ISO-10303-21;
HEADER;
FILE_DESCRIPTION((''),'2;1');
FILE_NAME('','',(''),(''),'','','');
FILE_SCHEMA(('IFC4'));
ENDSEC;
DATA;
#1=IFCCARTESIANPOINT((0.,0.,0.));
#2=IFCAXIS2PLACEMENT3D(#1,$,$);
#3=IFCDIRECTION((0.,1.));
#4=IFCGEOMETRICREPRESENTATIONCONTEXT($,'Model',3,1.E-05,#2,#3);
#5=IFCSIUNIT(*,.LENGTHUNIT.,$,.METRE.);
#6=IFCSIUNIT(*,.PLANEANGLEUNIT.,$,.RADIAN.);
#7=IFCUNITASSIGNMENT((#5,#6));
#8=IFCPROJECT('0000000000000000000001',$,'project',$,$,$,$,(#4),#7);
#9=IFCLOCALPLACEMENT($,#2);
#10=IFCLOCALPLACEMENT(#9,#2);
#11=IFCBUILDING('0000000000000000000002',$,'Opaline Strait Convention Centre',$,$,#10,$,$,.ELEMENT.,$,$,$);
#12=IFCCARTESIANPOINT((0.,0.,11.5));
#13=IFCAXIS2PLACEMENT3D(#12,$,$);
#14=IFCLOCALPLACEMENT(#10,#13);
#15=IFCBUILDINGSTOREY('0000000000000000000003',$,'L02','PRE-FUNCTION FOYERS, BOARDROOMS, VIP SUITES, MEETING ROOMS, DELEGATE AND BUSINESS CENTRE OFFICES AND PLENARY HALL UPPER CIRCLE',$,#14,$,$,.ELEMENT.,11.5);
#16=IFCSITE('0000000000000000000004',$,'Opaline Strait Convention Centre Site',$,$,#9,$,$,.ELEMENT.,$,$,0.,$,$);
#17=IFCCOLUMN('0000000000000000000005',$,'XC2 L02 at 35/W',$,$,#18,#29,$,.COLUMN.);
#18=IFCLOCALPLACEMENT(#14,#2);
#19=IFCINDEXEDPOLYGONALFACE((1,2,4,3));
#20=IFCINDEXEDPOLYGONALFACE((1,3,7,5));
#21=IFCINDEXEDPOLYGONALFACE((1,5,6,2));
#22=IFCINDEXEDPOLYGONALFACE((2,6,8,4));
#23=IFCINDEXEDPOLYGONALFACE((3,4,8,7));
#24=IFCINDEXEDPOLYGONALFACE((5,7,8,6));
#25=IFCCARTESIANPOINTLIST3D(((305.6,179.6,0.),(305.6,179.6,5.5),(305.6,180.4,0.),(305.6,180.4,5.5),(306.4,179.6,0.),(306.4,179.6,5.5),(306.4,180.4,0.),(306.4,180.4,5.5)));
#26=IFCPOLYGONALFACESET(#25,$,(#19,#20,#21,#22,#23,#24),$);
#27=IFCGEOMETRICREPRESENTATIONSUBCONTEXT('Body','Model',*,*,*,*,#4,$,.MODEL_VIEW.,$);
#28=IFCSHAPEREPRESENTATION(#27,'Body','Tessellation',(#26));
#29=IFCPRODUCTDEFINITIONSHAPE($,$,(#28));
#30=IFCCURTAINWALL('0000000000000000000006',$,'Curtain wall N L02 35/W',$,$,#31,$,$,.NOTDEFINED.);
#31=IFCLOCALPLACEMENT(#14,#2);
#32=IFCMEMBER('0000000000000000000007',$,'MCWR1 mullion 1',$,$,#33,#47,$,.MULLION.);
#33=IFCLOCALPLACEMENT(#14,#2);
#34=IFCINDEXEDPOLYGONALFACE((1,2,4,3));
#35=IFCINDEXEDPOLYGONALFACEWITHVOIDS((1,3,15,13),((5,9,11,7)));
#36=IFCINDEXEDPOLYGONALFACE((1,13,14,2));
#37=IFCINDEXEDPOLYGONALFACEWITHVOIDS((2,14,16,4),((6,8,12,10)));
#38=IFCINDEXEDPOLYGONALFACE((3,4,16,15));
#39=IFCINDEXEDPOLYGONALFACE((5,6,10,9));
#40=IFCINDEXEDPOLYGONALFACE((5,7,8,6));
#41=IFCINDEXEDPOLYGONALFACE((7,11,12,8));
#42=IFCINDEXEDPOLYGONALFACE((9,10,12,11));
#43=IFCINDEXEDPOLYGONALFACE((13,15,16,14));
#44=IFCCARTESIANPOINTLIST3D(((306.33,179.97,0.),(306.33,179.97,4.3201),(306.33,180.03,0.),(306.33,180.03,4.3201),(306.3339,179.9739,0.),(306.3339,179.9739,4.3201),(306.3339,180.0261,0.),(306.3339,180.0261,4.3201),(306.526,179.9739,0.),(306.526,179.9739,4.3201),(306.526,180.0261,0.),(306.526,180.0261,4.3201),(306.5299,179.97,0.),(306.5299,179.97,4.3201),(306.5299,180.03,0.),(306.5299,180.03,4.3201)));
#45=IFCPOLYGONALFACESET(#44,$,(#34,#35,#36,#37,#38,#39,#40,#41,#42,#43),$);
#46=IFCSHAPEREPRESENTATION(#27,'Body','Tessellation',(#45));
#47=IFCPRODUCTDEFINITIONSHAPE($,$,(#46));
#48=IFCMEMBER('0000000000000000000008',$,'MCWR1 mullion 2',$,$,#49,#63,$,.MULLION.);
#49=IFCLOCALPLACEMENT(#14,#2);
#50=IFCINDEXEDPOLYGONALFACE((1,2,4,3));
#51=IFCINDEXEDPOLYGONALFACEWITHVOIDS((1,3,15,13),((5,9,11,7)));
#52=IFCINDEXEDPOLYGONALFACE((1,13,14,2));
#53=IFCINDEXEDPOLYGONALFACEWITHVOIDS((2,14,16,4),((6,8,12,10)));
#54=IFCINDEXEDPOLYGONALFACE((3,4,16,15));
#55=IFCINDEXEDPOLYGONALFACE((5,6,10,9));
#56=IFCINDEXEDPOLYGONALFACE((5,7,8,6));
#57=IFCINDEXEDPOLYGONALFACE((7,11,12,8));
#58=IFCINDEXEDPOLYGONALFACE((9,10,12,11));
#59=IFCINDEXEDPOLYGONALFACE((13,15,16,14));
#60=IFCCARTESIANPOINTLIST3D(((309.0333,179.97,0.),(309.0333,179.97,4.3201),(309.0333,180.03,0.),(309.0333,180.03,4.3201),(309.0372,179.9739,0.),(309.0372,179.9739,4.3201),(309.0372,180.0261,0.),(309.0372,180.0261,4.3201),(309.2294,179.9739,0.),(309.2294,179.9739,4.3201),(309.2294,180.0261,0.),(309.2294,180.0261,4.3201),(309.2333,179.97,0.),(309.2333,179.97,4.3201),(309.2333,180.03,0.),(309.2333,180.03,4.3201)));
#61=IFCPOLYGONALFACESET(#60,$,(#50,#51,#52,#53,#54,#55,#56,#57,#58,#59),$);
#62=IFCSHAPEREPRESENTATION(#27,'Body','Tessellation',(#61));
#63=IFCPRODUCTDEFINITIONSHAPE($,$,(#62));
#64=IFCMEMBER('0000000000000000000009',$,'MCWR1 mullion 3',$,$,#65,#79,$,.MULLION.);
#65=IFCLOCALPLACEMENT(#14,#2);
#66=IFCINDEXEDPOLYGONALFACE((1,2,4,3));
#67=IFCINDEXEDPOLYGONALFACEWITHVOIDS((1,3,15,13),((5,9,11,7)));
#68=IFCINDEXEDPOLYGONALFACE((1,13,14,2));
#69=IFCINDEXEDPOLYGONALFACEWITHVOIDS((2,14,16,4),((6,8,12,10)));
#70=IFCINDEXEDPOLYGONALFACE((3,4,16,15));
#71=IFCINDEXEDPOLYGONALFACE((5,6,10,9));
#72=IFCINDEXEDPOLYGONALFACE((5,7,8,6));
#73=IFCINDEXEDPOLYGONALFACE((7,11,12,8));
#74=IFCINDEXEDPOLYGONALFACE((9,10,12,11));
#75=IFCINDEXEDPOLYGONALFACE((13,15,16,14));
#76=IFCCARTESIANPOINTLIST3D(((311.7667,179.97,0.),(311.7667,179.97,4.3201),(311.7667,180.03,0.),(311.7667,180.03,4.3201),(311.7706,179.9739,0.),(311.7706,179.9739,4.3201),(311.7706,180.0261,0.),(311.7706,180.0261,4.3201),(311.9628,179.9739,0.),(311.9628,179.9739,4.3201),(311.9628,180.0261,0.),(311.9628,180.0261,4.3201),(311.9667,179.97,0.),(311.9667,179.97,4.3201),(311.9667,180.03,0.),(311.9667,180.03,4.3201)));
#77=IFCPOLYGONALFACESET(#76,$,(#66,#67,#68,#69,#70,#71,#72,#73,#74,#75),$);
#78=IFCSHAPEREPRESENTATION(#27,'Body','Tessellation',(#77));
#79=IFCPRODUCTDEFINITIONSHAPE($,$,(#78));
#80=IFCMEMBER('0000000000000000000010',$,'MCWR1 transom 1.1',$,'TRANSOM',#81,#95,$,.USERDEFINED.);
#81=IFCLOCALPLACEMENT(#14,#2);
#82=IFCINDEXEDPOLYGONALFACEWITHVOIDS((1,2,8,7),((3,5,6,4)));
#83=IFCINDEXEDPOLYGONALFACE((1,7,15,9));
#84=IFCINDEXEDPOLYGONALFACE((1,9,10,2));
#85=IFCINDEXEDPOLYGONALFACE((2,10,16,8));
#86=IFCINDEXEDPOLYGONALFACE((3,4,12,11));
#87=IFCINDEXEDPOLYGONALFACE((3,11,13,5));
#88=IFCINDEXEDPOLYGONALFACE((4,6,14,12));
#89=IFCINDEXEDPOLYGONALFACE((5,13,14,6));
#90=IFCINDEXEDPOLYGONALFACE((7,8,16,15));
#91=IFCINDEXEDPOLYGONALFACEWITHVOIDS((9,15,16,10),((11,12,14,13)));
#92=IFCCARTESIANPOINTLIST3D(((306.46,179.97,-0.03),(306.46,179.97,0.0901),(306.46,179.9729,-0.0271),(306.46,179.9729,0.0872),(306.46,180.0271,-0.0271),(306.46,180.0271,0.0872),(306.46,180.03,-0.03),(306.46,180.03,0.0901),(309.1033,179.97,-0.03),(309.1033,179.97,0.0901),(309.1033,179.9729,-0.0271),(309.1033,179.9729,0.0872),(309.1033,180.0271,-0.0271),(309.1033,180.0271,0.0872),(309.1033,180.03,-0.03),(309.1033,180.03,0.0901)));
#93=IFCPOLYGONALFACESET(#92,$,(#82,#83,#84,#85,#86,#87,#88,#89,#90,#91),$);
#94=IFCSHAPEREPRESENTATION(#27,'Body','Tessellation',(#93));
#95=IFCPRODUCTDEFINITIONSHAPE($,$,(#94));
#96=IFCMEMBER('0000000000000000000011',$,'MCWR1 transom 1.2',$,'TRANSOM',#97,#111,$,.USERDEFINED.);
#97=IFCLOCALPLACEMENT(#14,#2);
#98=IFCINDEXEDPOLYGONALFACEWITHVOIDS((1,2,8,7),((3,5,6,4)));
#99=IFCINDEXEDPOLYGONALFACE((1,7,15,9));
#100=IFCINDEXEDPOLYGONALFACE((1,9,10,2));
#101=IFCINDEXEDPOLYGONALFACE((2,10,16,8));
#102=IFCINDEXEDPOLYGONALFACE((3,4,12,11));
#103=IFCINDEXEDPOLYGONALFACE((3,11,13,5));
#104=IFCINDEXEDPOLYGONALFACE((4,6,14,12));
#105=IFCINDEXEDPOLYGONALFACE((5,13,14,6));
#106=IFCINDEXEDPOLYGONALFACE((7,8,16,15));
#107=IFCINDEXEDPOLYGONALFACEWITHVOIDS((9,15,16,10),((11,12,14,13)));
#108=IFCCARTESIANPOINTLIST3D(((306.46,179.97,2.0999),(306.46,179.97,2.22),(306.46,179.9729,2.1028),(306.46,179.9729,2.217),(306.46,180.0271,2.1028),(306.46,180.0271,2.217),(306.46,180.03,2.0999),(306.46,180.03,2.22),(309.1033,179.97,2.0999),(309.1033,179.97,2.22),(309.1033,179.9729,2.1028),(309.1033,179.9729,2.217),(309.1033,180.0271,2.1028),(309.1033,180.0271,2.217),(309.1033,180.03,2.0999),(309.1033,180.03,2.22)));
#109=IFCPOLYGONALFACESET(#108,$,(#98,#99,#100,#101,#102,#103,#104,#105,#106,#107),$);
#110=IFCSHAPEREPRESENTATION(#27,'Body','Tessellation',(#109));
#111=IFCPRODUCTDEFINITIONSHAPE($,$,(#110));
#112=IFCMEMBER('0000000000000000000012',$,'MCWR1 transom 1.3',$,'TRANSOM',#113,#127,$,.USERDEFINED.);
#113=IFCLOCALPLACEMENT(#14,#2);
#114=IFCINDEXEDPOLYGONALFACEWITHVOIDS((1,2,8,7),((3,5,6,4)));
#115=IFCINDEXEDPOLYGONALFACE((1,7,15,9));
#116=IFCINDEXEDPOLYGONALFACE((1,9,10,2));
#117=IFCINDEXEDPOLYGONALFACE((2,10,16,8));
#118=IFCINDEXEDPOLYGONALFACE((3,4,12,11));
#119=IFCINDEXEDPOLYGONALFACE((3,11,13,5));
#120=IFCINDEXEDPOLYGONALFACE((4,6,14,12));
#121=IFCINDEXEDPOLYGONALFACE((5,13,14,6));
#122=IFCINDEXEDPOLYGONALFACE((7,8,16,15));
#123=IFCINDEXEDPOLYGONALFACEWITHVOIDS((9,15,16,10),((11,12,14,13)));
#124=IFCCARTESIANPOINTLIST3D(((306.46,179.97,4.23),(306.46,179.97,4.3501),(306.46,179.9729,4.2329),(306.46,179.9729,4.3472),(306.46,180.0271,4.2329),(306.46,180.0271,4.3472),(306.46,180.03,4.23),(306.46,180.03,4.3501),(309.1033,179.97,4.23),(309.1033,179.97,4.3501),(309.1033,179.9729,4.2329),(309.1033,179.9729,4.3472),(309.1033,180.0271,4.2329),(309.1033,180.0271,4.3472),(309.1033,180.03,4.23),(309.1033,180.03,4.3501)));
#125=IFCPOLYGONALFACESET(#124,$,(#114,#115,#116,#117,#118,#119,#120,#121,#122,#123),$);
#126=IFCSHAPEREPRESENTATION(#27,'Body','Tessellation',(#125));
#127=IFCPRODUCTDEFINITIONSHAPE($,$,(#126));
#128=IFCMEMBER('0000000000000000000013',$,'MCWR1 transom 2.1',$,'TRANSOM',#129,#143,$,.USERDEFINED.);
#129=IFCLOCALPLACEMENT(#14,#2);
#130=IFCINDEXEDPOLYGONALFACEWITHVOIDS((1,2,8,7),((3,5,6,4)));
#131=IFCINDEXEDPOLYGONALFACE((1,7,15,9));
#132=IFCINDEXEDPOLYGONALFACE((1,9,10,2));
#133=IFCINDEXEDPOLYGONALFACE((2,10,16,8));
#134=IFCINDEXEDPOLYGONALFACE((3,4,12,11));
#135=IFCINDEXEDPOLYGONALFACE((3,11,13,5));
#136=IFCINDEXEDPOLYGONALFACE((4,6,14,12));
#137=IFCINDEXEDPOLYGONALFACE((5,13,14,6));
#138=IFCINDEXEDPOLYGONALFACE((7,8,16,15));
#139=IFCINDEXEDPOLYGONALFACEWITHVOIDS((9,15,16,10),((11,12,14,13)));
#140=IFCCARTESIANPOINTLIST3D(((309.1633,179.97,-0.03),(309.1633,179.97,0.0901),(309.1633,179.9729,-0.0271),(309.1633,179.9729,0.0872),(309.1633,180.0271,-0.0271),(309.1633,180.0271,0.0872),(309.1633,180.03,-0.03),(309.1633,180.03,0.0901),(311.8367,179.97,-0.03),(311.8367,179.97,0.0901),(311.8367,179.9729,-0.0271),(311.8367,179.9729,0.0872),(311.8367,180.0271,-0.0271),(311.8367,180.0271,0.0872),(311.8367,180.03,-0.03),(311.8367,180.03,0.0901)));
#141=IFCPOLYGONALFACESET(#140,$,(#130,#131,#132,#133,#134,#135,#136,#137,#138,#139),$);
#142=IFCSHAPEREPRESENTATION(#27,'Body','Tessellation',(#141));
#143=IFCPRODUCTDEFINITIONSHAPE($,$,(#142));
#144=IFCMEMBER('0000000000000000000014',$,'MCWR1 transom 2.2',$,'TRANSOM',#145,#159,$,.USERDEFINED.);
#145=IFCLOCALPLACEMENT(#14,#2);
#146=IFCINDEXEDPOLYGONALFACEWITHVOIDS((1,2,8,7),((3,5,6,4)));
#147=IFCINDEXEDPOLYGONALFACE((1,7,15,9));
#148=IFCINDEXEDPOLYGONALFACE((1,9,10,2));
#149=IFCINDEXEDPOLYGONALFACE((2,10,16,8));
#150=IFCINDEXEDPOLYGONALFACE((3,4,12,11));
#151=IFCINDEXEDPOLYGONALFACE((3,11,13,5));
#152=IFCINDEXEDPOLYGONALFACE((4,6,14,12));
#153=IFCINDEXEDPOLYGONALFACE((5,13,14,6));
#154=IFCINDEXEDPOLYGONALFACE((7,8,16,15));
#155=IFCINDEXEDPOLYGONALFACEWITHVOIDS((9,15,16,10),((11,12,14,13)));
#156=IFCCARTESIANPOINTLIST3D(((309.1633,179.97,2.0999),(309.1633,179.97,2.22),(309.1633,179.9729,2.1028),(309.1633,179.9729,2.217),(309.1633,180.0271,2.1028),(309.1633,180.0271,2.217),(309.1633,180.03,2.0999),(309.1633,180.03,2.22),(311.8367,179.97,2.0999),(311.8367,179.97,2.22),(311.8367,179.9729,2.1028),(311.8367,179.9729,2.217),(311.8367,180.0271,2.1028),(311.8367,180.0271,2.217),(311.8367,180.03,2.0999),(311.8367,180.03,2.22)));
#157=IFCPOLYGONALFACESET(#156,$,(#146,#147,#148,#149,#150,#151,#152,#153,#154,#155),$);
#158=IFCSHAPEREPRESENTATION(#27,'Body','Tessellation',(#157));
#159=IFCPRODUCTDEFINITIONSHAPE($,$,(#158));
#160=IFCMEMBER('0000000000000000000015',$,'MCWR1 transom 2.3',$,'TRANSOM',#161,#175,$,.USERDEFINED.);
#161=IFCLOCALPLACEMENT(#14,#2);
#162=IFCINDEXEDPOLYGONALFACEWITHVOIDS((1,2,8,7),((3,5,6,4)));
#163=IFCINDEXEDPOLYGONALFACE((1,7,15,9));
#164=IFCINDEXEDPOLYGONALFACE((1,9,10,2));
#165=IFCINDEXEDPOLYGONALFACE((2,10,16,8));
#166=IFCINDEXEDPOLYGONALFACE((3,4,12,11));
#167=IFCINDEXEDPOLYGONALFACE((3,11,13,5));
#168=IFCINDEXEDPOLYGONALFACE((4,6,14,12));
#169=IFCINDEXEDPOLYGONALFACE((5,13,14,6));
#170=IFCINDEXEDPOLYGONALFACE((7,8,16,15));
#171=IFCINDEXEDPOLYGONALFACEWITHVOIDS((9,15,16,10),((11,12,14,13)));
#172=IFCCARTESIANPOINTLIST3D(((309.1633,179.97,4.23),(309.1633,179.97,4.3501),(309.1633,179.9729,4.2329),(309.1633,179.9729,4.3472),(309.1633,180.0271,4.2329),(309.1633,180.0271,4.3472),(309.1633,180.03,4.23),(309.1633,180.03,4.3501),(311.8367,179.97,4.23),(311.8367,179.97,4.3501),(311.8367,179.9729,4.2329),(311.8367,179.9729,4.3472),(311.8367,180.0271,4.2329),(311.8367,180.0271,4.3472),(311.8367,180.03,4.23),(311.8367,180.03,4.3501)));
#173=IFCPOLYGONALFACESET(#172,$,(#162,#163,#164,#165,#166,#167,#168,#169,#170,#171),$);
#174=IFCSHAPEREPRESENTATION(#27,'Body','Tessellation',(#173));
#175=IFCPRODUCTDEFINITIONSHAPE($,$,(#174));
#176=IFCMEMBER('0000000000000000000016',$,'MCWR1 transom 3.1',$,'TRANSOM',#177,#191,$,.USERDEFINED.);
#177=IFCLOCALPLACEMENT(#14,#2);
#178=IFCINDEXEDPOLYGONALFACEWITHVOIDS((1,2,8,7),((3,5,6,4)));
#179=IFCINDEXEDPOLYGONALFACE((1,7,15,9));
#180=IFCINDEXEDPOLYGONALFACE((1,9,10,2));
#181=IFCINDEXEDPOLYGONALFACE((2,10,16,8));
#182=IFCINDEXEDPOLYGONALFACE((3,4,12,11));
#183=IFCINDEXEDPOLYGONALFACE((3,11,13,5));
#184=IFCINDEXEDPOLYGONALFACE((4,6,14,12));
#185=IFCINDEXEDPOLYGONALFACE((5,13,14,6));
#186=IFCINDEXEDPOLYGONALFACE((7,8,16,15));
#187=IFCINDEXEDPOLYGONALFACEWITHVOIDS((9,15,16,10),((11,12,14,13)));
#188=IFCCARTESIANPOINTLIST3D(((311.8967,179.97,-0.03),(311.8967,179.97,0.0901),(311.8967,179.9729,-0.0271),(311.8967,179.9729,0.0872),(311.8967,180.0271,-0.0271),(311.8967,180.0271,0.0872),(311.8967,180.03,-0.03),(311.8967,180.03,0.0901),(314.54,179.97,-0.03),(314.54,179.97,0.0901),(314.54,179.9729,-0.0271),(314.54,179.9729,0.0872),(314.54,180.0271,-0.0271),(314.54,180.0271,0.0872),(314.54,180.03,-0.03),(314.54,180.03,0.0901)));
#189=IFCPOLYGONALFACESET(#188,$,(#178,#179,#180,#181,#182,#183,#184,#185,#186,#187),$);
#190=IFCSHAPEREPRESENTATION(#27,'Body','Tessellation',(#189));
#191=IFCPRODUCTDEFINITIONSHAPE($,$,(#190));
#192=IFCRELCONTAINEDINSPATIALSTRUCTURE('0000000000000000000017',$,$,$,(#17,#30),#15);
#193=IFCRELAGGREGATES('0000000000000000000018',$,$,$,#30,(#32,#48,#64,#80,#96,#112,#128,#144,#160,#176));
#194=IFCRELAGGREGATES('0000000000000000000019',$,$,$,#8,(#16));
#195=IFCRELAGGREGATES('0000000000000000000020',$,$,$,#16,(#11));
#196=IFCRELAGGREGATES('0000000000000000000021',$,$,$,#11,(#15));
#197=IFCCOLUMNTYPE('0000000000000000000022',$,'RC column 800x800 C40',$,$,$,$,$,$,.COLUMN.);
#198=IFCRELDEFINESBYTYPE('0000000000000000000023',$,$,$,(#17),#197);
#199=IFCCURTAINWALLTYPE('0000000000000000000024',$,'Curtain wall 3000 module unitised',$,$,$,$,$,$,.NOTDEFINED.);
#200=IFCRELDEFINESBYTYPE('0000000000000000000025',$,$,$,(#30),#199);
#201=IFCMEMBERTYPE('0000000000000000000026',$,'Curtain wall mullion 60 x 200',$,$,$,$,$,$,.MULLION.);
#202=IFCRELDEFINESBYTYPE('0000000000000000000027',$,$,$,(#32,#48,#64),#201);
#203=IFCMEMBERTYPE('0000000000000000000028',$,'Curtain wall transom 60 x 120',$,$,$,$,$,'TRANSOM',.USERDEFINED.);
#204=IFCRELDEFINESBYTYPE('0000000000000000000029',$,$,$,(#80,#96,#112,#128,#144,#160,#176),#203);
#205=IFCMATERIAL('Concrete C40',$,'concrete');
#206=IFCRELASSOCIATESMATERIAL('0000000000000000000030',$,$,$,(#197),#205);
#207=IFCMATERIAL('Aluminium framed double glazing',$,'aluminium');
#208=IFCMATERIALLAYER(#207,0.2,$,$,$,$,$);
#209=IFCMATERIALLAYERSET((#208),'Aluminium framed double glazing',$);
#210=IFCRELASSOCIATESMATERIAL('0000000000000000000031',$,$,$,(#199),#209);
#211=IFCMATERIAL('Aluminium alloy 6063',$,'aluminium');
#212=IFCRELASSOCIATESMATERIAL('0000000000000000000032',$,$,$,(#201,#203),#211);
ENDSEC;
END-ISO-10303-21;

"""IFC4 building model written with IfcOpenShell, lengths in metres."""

from ifc_helpers import new_model, si_unit, direction, frame, origin, origin_2d, place, context, subcontext, project, spatial, rectangle, hollow_rectangle, extrude, material, layer, layer_set, material_profile, profile_set, type_object, element, aggregate, save


model = new_model("IFC4")

# Units and contexts
model_context = context("Model", 3, precision=1e-05, world=origin(), true_north=direction((0.0, 1.0)))
body_context = subcontext(model_context, "Body", "Model", "MODEL_VIEW")
ifc_project = project(units=[si_unit("LENGTHUNIT", "METRE"), si_unit("PLANEANGLEUNIT", "RADIAN")], contexts=[model_context])

# Site, building, storey
site_placement = place(None, origin())
site = spatial("IfcSite", under=ifc_project, at=site_placement, Name="Opaline Strait Convention Centre Site", CompositionType="ELEMENT", RefElevation=0.0)
building_placement = place(site_placement, origin())
building = spatial("IfcBuilding", under=site, at=building_placement, Name="Opaline Strait Convention Centre", CompositionType="ELEMENT")
storey_placement = place(building_placement, frame((0.0, 0.0, 11.5)))
storey = spatial("IfcBuildingStorey", under=building, at=storey_placement, Name="L02", Description="PRE-FUNCTION FOYERS, BOARDROOMS, VIP SUITES, MEETING ROOMS, DELEGATE AND BUSINESS CENTRE OFFICES AND PLENARY HALL UPPER CIRCLE", CompositionType="ELEMENT", Elevation=11.5)

# Column
ifc_material_1 = material(Name="Concrete C40", Category="concrete")
ifc_material_profile_1 = material_profile(ifc_material_1, rectangle(XDim=0.8, YDim=0.8, at=origin_2d()), Name="RC 800x800")
ifc_profile_set_1 = profile_set([ifc_material_profile_1], Name="Concrete C40")
column_type = type_object("IfcColumnType", Name="RC column 800x800 C40", PredefinedType="COLUMN", material=ifc_profile_set_1)
column_placement = place(storey_placement, frame((306.0, 180.0, 0.0), z_axis=(0.0, 0.0, 1.0), x_axis=(1.0, 0.0, 0.0)))
element("IfcColumn", 1, at=column_placement, inside=storey, type_object=column_type, Name="XC2 L02 at 35/W", PredefinedType="COLUMN", context=body_context, shape_type="SweptSolid", body=[
    extrude(rectangle(XDim=0.8, YDim=0.8, at=origin_2d()), origin(), (0.0, 0.0, 1.0), 5.5),
])

# Curtain wall, members
ifc_material_2 = material(Name="Aluminium framed double glazing", Category="aluminium")
ifc_layer_1 = layer(ifc_material_2, 0.2)
ifc_layer_set_1 = layer_set([ifc_layer_1], Name="Aluminium framed double glazing")
curtain_wall_type = type_object("IfcCurtainWallType", Name="Curtain wall 3000 module unitised", PredefinedType="NOTDEFINED", material=ifc_layer_set_1)
curtain_wall_placement = place(storey_placement, origin())
curtain_wall = element("IfcCurtainWall", 2, at=curtain_wall_placement, inside=storey, type_object=curtain_wall_type, Name="Curtain wall N L02 35/W", PredefinedType="NOTDEFINED")
ifc_material_3 = material(Name="Aluminium alloy 6063", Category="aluminium")
ifc_material_profile_2 = material_profile(ifc_material_3, hollow_rectangle(XDim=0.0601, YDim=0.2, WallThickness=0.0039, at=origin_2d()), Name="MULLION 60x200x4")
ifc_profile_set_2 = profile_set([ifc_material_profile_2], Name="Aluminium alloy 6063")
member_type_1 = type_object("IfcMemberType", Name="Curtain wall mullion 60 x 200", PredefinedType="MULLION", material=ifc_profile_set_2)
member_1_placement = place(storey_placement, frame((306.4299, 180.0, 0.0), z_axis=(0.0, 0.0, 1.0), x_axis=(0.0, 1.0, 0.0)))
member_1 = element("IfcMember", 3, at=member_1_placement, type_object=member_type_1, Name="MCWR1 mullion 1", PredefinedType="MULLION", context=body_context, shape_type="SweptSolid", body=[
    extrude(hollow_rectangle(XDim=0.0601, YDim=0.2, WallThickness=0.0039, at=origin_2d()), origin(), (0.0, 0.0, 1.0), 4.3201),
])
member_2_placement = place(storey_placement, frame((309.1333, 180.0, 0.0), z_axis=(0.0, 0.0, 1.0), x_axis=(0.0, 1.0, 0.0)))
member_2 = element("IfcMember", 4, at=member_2_placement, type_object=member_type_1, Name="MCWR1 mullion 2", PredefinedType="MULLION", context=body_context, shape_type="SweptSolid", body=[
    extrude(hollow_rectangle(XDim=0.0601, YDim=0.2, WallThickness=0.0039, at=origin_2d()), origin(), (0.0, 0.0, 1.0), 4.3201),
])
member_3_placement = place(storey_placement, frame((311.8667, 180.0, 0.0), z_axis=(0.0, 0.0, 1.0), x_axis=(0.0, 1.0, 0.0)))
member_3 = element("IfcMember", 5, at=member_3_placement, type_object=member_type_1, Name="MCWR1 mullion 3", PredefinedType="MULLION", context=body_context, shape_type="SweptSolid", body=[
    extrude(hollow_rectangle(XDim=0.0601, YDim=0.2, WallThickness=0.0039, at=origin_2d()), origin(), (0.0, 0.0, 1.0), 4.3201),
])
ifc_material_profile_3 = material_profile(ifc_material_3, hollow_rectangle(XDim=0.0601, YDim=0.1201, WallThickness=0.0029, at=origin_2d()), Name="TRANSOM 60x120x3")
ifc_profile_set_3 = profile_set([ifc_material_profile_3], Name="Aluminium alloy 6063")
member_type_2 = type_object("IfcMemberType", Name="Curtain wall transom 60 x 120", ElementType="TRANSOM", PredefinedType="USERDEFINED", material=ifc_profile_set_3)
member_4_placement = place(storey_placement, frame((306.46, 180.0, 0.03), z_axis=(1.0, 0.0, 0.0), x_axis=(0.0, 1.0, 0.0)))
member_4 = element("IfcMember", 6, at=member_4_placement, type_object=member_type_2, Name="MCWR1 transom 1.1", ObjectType="TRANSOM", PredefinedType="USERDEFINED", context=body_context, shape_type="SweptSolid", body=[
    extrude(hollow_rectangle(XDim=0.0601, YDim=0.1201, WallThickness=0.0029, at=origin_2d()), origin(), (0.0, 0.0, 1.0), 2.6433),
])
member_5_placement = place(storey_placement, frame((306.46, 180.0, 2.1599), z_axis=(1.0, 0.0, 0.0), x_axis=(0.0, 1.0, 0.0)))
member_5 = element("IfcMember", 7, at=member_5_placement, type_object=member_type_2, Name="MCWR1 transom 1.2", ObjectType="TRANSOM", PredefinedType="USERDEFINED", context=body_context, shape_type="SweptSolid", body=[
    extrude(hollow_rectangle(XDim=0.0601, YDim=0.1201, WallThickness=0.0029, at=origin_2d()), origin(), (0.0, 0.0, 1.0), 2.6433),
])
member_6_placement = place(storey_placement, frame((306.46, 180.0, 4.29), z_axis=(1.0, 0.0, 0.0), x_axis=(0.0, 1.0, 0.0)))
member_6 = element("IfcMember", 8, at=member_6_placement, type_object=member_type_2, Name="MCWR1 transom 1.3", ObjectType="TRANSOM", PredefinedType="USERDEFINED", context=body_context, shape_type="SweptSolid", body=[
    extrude(hollow_rectangle(XDim=0.0601, YDim=0.1201, WallThickness=0.0029, at=origin_2d()), origin(), (0.0, 0.0, 1.0), 2.6433),
])
member_7_placement = place(storey_placement, frame((309.1633, 180.0, 0.03), z_axis=(1.0, 0.0, 0.0), x_axis=(0.0, 1.0, 0.0)))
member_7 = element("IfcMember", 9, at=member_7_placement, type_object=member_type_2, Name="MCWR1 transom 2.1", ObjectType="TRANSOM", PredefinedType="USERDEFINED", context=body_context, shape_type="SweptSolid", body=[
    extrude(hollow_rectangle(XDim=0.0601, YDim=0.1201, WallThickness=0.0029, at=origin_2d()), origin(), (0.0, 0.0, 1.0), 2.6733),
])
member_8_placement = place(storey_placement, frame((309.1633, 180.0, 2.1599), z_axis=(1.0, 0.0, 0.0), x_axis=(0.0, 1.0, 0.0)))
member_8 = element("IfcMember", 10, at=member_8_placement, type_object=member_type_2, Name="MCWR1 transom 2.2", ObjectType="TRANSOM", PredefinedType="USERDEFINED", context=body_context, shape_type="SweptSolid", body=[
    extrude(hollow_rectangle(XDim=0.0601, YDim=0.1201, WallThickness=0.0029, at=origin_2d()), origin(), (0.0, 0.0, 1.0), 2.6733),
])
member_9_placement = place(storey_placement, frame((309.1633, 180.0, 4.29), z_axis=(1.0, 0.0, 0.0), x_axis=(0.0, 1.0, 0.0)))
member_9 = element("IfcMember", 11, at=member_9_placement, type_object=member_type_2, Name="MCWR1 transom 2.3", ObjectType="TRANSOM", PredefinedType="USERDEFINED", context=body_context, shape_type="SweptSolid", body=[
    extrude(hollow_rectangle(XDim=0.0601, YDim=0.1201, WallThickness=0.0029, at=origin_2d()), origin(), (0.0, 0.0, 1.0), 2.6733),
])
member_10_placement = place(storey_placement, frame((311.8967, 180.0, 0.03), z_axis=(1.0, 0.0, 0.0), x_axis=(0.0, 1.0, 0.0)))
member_10 = element("IfcMember", 12, at=member_10_placement, type_object=member_type_2, Name="MCWR1 transom 3.1", ObjectType="TRANSOM", PredefinedType="USERDEFINED", context=body_context, shape_type="SweptSolid", body=[
    extrude(hollow_rectangle(XDim=0.0601, YDim=0.1201, WallThickness=0.0029, at=origin_2d()), origin(), (0.0, 0.0, 1.0), 2.6433),
])

aggregate(curtain_wall, [member_1, member_2, member_3, member_4, member_5, member_6, member_7, member_8, member_9, member_10])

save(model, "model.ifc")
